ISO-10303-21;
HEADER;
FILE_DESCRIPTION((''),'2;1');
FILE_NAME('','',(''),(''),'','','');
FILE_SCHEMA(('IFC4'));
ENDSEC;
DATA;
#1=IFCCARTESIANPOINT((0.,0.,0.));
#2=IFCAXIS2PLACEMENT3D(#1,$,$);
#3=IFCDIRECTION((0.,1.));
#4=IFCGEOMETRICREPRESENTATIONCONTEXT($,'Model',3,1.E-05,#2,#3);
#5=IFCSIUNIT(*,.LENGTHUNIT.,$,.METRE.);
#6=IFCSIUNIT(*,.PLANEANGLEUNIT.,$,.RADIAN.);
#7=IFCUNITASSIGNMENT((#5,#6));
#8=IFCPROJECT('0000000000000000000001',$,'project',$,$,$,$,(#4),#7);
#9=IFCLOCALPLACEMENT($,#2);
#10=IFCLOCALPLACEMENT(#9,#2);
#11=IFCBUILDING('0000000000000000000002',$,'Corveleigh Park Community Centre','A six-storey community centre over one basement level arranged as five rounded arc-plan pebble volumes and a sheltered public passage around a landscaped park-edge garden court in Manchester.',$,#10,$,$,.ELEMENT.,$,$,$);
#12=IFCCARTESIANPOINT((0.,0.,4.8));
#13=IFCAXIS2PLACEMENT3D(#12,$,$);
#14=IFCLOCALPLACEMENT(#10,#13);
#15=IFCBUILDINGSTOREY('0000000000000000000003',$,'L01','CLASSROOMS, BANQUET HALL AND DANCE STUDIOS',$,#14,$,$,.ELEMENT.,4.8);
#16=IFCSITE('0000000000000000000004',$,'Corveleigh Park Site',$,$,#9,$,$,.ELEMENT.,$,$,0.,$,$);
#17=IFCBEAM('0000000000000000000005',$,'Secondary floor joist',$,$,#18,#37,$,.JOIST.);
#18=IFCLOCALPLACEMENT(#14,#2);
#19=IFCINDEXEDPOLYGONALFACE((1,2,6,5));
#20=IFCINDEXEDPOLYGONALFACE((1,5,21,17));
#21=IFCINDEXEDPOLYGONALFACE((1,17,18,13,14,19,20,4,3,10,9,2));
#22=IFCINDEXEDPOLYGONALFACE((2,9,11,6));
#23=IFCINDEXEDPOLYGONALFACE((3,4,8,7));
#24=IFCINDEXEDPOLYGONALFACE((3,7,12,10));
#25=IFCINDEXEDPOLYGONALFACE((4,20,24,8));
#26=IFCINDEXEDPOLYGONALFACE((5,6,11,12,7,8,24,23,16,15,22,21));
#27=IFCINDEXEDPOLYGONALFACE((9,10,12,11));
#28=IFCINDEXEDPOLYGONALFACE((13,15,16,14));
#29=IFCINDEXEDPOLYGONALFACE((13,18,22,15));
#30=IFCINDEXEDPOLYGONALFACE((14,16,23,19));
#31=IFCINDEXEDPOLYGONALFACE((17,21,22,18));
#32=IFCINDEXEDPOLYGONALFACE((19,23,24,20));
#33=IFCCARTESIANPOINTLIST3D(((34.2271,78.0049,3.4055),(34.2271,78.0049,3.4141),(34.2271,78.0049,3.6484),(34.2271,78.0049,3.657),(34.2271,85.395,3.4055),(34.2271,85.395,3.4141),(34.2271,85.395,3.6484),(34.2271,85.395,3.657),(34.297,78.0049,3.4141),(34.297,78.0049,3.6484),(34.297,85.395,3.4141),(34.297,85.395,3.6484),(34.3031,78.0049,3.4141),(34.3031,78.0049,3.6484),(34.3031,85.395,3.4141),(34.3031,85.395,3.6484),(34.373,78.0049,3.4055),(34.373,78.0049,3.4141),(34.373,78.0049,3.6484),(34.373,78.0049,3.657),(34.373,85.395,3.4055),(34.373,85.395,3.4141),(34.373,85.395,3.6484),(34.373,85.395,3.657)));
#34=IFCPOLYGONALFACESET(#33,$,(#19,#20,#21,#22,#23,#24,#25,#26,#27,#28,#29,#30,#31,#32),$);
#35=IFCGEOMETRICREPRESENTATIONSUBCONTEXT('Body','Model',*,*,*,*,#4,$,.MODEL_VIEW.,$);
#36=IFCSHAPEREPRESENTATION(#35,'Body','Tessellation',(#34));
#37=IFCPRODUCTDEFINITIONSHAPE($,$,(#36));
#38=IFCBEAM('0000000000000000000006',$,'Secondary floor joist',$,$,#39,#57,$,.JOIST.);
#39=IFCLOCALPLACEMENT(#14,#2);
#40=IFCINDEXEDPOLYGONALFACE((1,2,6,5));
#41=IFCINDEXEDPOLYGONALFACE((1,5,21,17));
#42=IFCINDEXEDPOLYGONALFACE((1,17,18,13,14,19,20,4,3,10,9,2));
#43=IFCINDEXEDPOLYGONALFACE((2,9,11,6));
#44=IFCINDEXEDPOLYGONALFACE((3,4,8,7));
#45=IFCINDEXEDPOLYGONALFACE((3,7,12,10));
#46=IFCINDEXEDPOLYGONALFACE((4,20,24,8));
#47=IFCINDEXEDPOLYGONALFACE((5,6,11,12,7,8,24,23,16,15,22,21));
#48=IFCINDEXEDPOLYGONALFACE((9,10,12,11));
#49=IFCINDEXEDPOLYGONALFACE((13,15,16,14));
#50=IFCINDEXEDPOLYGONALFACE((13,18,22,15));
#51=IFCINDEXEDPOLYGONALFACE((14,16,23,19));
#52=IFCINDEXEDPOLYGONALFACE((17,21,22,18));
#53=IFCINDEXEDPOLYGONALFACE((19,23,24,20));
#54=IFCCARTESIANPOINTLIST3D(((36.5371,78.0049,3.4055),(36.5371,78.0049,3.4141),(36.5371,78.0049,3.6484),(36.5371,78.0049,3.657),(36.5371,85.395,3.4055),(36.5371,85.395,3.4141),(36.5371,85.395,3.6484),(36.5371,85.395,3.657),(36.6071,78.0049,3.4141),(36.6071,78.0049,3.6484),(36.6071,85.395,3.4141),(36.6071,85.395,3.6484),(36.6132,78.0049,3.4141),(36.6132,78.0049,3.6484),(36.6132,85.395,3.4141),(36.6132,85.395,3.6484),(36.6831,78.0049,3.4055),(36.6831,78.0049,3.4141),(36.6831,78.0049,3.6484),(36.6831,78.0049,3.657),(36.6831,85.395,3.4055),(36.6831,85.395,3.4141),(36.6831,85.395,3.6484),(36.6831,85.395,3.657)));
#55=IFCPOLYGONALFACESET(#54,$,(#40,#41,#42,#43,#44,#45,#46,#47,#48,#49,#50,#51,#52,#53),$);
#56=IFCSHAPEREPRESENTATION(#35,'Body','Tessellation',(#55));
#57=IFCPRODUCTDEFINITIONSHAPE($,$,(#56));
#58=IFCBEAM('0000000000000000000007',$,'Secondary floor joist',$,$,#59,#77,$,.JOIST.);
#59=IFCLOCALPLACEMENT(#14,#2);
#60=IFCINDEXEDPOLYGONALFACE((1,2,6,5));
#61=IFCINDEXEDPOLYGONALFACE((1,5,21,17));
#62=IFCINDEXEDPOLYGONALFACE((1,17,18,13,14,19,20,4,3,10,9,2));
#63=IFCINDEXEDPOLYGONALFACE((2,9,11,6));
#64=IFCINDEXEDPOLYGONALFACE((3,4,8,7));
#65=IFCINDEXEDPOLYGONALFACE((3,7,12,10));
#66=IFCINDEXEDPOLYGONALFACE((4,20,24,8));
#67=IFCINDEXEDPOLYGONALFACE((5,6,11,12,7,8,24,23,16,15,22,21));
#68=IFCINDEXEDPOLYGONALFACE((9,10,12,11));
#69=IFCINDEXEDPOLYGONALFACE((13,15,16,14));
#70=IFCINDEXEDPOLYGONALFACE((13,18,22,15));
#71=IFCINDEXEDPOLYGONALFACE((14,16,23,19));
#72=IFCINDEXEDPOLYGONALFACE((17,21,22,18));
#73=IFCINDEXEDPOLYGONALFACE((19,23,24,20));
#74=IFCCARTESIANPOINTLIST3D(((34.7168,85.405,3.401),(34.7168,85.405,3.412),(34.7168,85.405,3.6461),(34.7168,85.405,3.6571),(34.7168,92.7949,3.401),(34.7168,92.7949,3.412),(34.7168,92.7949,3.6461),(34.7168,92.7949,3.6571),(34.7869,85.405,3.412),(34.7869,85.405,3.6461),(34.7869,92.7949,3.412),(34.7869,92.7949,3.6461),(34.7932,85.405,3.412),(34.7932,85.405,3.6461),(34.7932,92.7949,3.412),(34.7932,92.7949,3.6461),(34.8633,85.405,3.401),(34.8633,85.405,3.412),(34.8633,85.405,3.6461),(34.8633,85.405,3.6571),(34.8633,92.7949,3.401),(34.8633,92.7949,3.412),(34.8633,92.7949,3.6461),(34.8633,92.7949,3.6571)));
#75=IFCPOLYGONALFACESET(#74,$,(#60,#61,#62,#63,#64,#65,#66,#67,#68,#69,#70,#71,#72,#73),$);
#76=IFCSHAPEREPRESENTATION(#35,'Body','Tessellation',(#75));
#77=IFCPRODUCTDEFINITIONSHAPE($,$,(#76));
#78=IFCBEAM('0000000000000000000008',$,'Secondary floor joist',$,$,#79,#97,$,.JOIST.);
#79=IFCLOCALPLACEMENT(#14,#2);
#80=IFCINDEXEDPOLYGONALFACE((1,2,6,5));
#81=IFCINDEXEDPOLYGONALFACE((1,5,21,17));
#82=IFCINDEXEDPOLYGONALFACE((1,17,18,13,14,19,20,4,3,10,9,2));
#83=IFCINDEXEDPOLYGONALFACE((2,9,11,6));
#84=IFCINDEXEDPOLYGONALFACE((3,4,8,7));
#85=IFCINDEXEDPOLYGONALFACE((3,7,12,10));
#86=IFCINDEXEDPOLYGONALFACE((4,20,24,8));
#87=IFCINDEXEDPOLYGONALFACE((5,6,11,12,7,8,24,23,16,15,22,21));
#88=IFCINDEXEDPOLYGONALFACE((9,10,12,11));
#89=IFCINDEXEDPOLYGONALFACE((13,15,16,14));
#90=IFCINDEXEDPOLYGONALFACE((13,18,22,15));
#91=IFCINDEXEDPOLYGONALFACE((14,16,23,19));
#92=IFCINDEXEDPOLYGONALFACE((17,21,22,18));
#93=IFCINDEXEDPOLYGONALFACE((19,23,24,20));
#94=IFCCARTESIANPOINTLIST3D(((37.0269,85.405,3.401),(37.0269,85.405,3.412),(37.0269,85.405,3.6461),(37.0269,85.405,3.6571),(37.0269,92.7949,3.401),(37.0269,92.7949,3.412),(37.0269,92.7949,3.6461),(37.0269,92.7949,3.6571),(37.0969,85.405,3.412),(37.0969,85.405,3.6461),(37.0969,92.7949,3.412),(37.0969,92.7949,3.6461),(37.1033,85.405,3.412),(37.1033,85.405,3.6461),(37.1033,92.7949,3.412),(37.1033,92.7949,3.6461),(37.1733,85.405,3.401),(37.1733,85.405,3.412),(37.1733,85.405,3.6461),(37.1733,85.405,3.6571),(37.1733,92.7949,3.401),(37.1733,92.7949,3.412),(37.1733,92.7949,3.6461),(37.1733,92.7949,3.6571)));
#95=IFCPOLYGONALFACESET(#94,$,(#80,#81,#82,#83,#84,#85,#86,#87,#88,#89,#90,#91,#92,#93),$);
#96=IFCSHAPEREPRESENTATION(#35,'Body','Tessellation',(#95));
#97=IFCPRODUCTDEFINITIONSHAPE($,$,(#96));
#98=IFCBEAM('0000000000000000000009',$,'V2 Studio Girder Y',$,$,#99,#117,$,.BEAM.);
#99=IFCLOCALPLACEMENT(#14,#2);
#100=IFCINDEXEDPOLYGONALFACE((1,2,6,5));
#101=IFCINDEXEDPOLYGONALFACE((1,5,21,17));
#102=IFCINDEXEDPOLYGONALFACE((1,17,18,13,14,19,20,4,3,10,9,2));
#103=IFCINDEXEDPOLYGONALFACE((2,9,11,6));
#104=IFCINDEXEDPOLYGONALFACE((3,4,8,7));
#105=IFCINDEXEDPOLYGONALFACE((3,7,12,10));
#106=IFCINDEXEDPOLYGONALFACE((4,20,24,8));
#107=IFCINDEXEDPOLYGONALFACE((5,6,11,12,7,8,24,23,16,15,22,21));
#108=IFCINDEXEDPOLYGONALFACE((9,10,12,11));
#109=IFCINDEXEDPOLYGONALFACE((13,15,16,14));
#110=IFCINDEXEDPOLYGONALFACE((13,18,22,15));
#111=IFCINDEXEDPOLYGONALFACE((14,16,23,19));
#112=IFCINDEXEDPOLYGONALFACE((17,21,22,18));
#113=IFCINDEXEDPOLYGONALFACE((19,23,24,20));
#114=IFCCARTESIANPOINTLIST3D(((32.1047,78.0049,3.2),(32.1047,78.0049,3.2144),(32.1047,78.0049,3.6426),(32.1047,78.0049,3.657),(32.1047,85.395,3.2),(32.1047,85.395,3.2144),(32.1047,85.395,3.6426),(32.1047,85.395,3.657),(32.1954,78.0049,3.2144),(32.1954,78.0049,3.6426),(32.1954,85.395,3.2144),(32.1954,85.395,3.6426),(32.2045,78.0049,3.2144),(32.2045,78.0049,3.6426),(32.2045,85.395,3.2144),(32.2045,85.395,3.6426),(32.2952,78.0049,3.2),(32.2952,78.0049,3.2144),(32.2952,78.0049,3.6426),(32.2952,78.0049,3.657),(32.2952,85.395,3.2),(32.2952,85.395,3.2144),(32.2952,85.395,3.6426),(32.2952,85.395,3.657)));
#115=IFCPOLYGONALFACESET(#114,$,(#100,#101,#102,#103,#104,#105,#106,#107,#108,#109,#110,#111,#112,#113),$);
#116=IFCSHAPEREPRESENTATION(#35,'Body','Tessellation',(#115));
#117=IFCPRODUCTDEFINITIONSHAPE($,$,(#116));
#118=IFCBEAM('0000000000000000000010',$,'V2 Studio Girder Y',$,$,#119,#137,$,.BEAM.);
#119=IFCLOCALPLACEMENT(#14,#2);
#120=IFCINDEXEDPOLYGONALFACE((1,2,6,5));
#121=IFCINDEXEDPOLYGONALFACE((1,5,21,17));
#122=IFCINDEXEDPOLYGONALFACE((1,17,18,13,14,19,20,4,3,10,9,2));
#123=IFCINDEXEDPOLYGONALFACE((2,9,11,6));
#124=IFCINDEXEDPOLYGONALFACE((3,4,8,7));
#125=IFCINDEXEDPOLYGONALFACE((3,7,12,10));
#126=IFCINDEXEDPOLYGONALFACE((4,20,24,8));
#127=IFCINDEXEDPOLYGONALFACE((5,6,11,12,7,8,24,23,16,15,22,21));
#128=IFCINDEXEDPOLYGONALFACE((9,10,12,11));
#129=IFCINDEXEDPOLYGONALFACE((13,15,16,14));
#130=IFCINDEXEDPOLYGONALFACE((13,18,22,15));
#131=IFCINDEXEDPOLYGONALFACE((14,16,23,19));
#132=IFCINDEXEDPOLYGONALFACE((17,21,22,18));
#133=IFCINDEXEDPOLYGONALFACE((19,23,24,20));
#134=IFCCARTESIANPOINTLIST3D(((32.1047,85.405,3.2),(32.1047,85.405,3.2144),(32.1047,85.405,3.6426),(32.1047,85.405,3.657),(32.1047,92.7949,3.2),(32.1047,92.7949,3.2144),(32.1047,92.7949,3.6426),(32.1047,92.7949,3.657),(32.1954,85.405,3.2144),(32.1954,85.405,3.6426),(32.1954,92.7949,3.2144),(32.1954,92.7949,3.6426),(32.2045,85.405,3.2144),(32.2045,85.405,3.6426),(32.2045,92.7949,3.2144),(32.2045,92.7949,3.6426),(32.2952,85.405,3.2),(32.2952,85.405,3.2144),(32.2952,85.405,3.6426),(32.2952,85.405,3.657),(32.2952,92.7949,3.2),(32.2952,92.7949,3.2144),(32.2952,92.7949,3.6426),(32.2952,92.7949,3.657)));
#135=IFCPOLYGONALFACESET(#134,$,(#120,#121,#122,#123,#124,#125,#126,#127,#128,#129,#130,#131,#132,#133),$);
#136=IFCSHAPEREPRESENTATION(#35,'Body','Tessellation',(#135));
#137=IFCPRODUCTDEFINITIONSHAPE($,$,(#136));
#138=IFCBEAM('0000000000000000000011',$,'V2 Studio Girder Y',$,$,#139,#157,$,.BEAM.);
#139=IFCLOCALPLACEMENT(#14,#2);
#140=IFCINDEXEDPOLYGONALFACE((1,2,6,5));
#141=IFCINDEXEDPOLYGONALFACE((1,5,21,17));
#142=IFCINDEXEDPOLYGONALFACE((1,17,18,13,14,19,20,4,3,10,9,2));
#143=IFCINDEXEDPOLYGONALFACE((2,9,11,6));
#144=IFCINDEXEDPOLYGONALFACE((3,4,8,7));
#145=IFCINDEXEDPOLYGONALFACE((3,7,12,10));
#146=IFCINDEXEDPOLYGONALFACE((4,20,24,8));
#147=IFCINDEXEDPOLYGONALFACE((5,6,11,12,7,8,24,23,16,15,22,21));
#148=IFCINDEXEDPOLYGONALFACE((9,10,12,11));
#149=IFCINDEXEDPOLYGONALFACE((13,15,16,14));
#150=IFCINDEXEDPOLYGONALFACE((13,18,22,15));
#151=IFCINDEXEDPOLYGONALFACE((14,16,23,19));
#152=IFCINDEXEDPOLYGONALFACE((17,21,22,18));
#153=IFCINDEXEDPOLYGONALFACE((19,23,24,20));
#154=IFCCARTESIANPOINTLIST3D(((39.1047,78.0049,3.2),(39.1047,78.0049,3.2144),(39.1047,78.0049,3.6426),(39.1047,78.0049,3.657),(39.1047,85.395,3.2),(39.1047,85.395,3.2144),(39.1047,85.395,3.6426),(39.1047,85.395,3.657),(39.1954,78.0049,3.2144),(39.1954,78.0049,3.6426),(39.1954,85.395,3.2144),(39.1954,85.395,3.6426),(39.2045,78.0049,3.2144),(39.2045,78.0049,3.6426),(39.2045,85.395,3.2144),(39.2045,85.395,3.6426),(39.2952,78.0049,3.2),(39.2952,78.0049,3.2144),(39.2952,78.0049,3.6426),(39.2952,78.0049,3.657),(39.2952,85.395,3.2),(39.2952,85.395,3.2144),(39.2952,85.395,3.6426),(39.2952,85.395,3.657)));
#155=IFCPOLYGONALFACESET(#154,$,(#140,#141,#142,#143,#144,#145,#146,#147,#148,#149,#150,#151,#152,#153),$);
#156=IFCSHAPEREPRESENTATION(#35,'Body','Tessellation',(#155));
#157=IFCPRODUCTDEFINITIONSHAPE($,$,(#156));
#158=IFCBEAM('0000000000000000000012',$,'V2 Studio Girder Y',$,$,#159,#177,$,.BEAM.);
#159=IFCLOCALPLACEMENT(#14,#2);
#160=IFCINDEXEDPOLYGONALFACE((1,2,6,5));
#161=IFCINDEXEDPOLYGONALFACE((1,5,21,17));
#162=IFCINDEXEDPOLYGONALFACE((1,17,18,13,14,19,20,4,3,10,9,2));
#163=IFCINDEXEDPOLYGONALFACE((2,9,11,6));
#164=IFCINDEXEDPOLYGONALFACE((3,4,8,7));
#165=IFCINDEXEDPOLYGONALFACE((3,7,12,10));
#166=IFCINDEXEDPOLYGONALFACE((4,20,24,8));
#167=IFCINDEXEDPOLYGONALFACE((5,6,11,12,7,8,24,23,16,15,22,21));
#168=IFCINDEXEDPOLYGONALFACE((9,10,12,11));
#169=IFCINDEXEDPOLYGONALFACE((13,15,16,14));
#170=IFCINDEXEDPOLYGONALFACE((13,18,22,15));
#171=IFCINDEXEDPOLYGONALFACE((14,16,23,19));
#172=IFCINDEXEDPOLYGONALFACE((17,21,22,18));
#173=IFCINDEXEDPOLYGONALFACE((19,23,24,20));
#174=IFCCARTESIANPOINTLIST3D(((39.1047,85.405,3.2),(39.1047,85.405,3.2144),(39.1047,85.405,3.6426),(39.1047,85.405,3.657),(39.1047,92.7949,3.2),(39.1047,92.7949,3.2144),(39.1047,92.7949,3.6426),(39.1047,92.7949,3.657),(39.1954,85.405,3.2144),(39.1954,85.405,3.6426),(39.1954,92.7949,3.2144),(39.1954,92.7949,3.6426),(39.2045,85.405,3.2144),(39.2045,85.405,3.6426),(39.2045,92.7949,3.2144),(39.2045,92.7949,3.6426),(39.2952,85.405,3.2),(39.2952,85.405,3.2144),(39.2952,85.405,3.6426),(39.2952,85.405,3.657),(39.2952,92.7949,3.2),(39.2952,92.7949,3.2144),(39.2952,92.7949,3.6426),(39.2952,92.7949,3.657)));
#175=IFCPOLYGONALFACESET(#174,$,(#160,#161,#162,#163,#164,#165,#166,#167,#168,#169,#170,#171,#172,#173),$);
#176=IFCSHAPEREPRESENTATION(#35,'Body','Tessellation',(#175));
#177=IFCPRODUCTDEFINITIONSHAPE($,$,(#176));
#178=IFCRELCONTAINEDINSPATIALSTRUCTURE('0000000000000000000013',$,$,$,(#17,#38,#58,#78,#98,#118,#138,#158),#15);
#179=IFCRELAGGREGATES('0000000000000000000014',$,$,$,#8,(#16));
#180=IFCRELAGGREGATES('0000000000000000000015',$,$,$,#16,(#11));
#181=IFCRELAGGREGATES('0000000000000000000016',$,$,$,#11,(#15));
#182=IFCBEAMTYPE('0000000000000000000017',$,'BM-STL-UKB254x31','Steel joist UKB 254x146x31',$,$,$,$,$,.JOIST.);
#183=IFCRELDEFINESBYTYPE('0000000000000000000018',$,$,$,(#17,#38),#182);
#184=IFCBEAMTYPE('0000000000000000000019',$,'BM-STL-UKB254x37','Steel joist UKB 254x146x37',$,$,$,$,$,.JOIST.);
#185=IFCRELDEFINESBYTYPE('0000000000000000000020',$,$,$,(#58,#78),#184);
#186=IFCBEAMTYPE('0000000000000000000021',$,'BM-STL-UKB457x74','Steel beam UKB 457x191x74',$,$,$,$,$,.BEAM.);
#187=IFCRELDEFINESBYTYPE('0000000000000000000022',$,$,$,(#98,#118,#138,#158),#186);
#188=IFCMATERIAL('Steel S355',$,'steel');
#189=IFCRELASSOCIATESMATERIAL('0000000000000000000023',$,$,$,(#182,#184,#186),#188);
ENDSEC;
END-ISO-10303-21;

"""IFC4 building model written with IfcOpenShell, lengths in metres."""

from ifc_helpers import new_model, si_unit, direction, frame, origin, origin_2d, place, context, subcontext, project, spatial, i_section, extrude, material, material_profile, profile_set, type_object, element, save


model = new_model("IFC4")

# Units and contexts
model_context = context("Model", 3, precision=1e-05, world=origin(), true_north=direction((0.0, 1.0)))
body_context = subcontext(model_context, "Body", "Model", "MODEL_VIEW")
ifc_project = project(units=[si_unit("LENGTHUNIT", "METRE"), si_unit("PLANEANGLEUNIT", "RADIAN")], contexts=[model_context])

# Site, building, storey
site_placement = place(None, origin())
site = spatial("IfcSite", under=ifc_project, at=site_placement, Name="Corveleigh Park Site", CompositionType="ELEMENT", RefElevation=0.0)
building_placement = place(site_placement, origin())
building = spatial("IfcBuilding", under=site, at=building_placement, Name="Corveleigh Park Community Centre", Description="A six-storey community centre over one basement level arranged as five rounded arc-plan pebble volumes and a sheltered public passage around a landscaped park-edge garden court in Manchester.", CompositionType="ELEMENT")
storey_placement = place(building_placement, frame((0.0, 0.0, 4.8)))
storey = spatial("IfcBuildingStorey", under=building, at=storey_placement, Name="L01", Description="CLASSROOMS, BANQUET HALL AND DANCE STUDIOS", CompositionType="ELEMENT", Elevation=4.8)

# Shared definitions
ifc_material_1 = material(Name="Steel S355", Category="steel")

# Beams
ifc_material_profile_1 = material_profile(ifc_material_1, i_section(OverallWidth=0.146, OverallDepth=0.2515, WebThickness=0.0061, FlangeThickness=0.0085, at=origin_2d()), Name="UKB 254x146x31", Category="steel")
ifc_profile_set_1 = profile_set([ifc_material_profile_1], Name="Steel S355")
beam_type_1 = type_object("IfcBeamType", Name="BM-STL-UKB254x31", Description="Steel joist UKB 254x146x31", PredefinedType="JOIST", material=ifc_profile_set_1)
for number, where, z_axis, x_axis, name in (
    (1, (34.3, 78.0049, 3.5312), (0.0, 1.0, 0.0), (-1.0, 0.0, 0.0), "Secondary floor joist"),
    (2, (36.6101, 78.0049, 3.5312), (0.0, 1.0, 0.0), (-1.0, 0.0, 0.0), "Secondary floor joist"),
):
    element("IfcBeam", number, at=place(storey_placement, frame(where, z_axis=z_axis, x_axis=x_axis)), inside=storey, type_object=beam_type_1, Name=name, PredefinedType="JOIST", context=body_context, shape_type="SweptSolid", body=[
        extrude(i_section(OverallWidth=0.146, OverallDepth=0.2515, WebThickness=0.0061, FlangeThickness=0.0085, at=origin_2d()), origin(), (0.0, 0.0, 1.0), 7.3901),
    ])
ifc_material_profile_2 = material_profile(ifc_material_1, i_section(OverallWidth=0.1465, OverallDepth=0.2561, WebThickness=0.0063, FlangeThickness=0.011, at=origin_2d()), Name="UKB 254x146x37", Category="steel")
ifc_profile_set_2 = profile_set([ifc_material_profile_2], Name="Steel S355")
beam_type_2 = type_object("IfcBeamType", Name="BM-STL-UKB254x37", Description="Steel joist UKB 254x146x37", PredefinedType="JOIST", material=ifc_profile_set_2)
for number, where, z_axis, x_axis, name in (
    (3, (34.79, 85.405, 3.5291), (0.0, 1.0, 0.0), (-1.0, 0.0, 0.0), "Secondary floor joist"),
    (4, (37.1001, 85.405, 3.5291), (0.0, 1.0, 0.0), (-1.0, 0.0, 0.0), "Secondary floor joist"),
):
    element("IfcBeam", number, at=place(storey_placement, frame(where, z_axis=z_axis, x_axis=x_axis)), inside=storey, type_object=beam_type_2, Name=name, PredefinedType="JOIST", context=body_context, shape_type="SweptSolid", body=[
        extrude(i_section(OverallWidth=0.1465, OverallDepth=0.2561, WebThickness=0.0063, FlangeThickness=0.011, at=origin_2d()), origin(), (0.0, 0.0, 1.0), 7.3899),
    ])
ifc_material_profile_3 = material_profile(ifc_material_1, i_section(OverallWidth=0.1904, OverallDepth=0.457, WebThickness=0.009, FlangeThickness=0.0144, at=origin_2d()), Name="UKB 457x191x74", Category="steel")
ifc_profile_set_3 = profile_set([ifc_material_profile_3], Name="Steel S355")
beam_type_3 = type_object("IfcBeamType", Name="BM-STL-UKB457x74", Description="Steel beam UKB 457x191x74", PredefinedType="BEAM", material=ifc_profile_set_3)
beam_1_placement = place(storey_placement, frame((32.2, 78.0049, 3.4285), z_axis=(0.0, 1.0, 0.0), x_axis=(-1.0, 0.0, 0.0)))
element("IfcBeam", 5, at=beam_1_placement, inside=storey, type_object=beam_type_3, Name="V2 Studio Girder Y", PredefinedType="BEAM", context=body_context, shape_type="SweptSolid", body=[
    extrude(i_section(OverallWidth=0.1904, OverallDepth=0.457, WebThickness=0.009, FlangeThickness=0.0144, at=origin_2d()), origin(), (0.0, 0.0, 1.0), 7.3901),
])
beam_2_placement = place(storey_placement, frame((32.2, 85.405, 3.4285), z_axis=(0.0, 1.0, 0.0), x_axis=(-1.0, 0.0, 0.0)))
element("IfcBeam", 6, at=beam_2_placement, inside=storey, type_object=beam_type_3, Name="V2 Studio Girder Y", PredefinedType="BEAM", context=body_context, shape_type="SweptSolid", body=[
    extrude(i_section(OverallWidth=0.1904, OverallDepth=0.457, WebThickness=0.009, FlangeThickness=0.0144, at=origin_2d()), origin(), (0.0, 0.0, 1.0), 7.3899),
])
beam_3_placement = place(storey_placement, frame((39.2, 78.0049, 3.4285), z_axis=(0.0, 1.0, 0.0), x_axis=(-1.0, 0.0, 0.0)))
element("IfcBeam", 7, at=beam_3_placement, inside=storey, type_object=beam_type_3, Name="V2 Studio Girder Y", PredefinedType="BEAM", context=body_context, shape_type="SweptSolid", body=[
    extrude(i_section(OverallWidth=0.1904, OverallDepth=0.457, WebThickness=0.009, FlangeThickness=0.0144, at=origin_2d()), origin(), (0.0, 0.0, 1.0), 7.3901),
])
beam_4_placement = place(storey_placement, frame((39.2, 85.405, 3.4285), z_axis=(0.0, 1.0, 0.0), x_axis=(-1.0, 0.0, 0.0)))
element("IfcBeam", 8, at=beam_4_placement, inside=storey, type_object=beam_type_3, Name="V2 Studio Girder Y", PredefinedType="BEAM", context=body_context, shape_type="SweptSolid", body=[
    extrude(i_section(OverallWidth=0.1904, OverallDepth=0.457, WebThickness=0.009, FlangeThickness=0.0144, at=origin_2d()), origin(), (0.0, 0.0, 1.0), 7.3899),
])

save(model, "model.ifc")
